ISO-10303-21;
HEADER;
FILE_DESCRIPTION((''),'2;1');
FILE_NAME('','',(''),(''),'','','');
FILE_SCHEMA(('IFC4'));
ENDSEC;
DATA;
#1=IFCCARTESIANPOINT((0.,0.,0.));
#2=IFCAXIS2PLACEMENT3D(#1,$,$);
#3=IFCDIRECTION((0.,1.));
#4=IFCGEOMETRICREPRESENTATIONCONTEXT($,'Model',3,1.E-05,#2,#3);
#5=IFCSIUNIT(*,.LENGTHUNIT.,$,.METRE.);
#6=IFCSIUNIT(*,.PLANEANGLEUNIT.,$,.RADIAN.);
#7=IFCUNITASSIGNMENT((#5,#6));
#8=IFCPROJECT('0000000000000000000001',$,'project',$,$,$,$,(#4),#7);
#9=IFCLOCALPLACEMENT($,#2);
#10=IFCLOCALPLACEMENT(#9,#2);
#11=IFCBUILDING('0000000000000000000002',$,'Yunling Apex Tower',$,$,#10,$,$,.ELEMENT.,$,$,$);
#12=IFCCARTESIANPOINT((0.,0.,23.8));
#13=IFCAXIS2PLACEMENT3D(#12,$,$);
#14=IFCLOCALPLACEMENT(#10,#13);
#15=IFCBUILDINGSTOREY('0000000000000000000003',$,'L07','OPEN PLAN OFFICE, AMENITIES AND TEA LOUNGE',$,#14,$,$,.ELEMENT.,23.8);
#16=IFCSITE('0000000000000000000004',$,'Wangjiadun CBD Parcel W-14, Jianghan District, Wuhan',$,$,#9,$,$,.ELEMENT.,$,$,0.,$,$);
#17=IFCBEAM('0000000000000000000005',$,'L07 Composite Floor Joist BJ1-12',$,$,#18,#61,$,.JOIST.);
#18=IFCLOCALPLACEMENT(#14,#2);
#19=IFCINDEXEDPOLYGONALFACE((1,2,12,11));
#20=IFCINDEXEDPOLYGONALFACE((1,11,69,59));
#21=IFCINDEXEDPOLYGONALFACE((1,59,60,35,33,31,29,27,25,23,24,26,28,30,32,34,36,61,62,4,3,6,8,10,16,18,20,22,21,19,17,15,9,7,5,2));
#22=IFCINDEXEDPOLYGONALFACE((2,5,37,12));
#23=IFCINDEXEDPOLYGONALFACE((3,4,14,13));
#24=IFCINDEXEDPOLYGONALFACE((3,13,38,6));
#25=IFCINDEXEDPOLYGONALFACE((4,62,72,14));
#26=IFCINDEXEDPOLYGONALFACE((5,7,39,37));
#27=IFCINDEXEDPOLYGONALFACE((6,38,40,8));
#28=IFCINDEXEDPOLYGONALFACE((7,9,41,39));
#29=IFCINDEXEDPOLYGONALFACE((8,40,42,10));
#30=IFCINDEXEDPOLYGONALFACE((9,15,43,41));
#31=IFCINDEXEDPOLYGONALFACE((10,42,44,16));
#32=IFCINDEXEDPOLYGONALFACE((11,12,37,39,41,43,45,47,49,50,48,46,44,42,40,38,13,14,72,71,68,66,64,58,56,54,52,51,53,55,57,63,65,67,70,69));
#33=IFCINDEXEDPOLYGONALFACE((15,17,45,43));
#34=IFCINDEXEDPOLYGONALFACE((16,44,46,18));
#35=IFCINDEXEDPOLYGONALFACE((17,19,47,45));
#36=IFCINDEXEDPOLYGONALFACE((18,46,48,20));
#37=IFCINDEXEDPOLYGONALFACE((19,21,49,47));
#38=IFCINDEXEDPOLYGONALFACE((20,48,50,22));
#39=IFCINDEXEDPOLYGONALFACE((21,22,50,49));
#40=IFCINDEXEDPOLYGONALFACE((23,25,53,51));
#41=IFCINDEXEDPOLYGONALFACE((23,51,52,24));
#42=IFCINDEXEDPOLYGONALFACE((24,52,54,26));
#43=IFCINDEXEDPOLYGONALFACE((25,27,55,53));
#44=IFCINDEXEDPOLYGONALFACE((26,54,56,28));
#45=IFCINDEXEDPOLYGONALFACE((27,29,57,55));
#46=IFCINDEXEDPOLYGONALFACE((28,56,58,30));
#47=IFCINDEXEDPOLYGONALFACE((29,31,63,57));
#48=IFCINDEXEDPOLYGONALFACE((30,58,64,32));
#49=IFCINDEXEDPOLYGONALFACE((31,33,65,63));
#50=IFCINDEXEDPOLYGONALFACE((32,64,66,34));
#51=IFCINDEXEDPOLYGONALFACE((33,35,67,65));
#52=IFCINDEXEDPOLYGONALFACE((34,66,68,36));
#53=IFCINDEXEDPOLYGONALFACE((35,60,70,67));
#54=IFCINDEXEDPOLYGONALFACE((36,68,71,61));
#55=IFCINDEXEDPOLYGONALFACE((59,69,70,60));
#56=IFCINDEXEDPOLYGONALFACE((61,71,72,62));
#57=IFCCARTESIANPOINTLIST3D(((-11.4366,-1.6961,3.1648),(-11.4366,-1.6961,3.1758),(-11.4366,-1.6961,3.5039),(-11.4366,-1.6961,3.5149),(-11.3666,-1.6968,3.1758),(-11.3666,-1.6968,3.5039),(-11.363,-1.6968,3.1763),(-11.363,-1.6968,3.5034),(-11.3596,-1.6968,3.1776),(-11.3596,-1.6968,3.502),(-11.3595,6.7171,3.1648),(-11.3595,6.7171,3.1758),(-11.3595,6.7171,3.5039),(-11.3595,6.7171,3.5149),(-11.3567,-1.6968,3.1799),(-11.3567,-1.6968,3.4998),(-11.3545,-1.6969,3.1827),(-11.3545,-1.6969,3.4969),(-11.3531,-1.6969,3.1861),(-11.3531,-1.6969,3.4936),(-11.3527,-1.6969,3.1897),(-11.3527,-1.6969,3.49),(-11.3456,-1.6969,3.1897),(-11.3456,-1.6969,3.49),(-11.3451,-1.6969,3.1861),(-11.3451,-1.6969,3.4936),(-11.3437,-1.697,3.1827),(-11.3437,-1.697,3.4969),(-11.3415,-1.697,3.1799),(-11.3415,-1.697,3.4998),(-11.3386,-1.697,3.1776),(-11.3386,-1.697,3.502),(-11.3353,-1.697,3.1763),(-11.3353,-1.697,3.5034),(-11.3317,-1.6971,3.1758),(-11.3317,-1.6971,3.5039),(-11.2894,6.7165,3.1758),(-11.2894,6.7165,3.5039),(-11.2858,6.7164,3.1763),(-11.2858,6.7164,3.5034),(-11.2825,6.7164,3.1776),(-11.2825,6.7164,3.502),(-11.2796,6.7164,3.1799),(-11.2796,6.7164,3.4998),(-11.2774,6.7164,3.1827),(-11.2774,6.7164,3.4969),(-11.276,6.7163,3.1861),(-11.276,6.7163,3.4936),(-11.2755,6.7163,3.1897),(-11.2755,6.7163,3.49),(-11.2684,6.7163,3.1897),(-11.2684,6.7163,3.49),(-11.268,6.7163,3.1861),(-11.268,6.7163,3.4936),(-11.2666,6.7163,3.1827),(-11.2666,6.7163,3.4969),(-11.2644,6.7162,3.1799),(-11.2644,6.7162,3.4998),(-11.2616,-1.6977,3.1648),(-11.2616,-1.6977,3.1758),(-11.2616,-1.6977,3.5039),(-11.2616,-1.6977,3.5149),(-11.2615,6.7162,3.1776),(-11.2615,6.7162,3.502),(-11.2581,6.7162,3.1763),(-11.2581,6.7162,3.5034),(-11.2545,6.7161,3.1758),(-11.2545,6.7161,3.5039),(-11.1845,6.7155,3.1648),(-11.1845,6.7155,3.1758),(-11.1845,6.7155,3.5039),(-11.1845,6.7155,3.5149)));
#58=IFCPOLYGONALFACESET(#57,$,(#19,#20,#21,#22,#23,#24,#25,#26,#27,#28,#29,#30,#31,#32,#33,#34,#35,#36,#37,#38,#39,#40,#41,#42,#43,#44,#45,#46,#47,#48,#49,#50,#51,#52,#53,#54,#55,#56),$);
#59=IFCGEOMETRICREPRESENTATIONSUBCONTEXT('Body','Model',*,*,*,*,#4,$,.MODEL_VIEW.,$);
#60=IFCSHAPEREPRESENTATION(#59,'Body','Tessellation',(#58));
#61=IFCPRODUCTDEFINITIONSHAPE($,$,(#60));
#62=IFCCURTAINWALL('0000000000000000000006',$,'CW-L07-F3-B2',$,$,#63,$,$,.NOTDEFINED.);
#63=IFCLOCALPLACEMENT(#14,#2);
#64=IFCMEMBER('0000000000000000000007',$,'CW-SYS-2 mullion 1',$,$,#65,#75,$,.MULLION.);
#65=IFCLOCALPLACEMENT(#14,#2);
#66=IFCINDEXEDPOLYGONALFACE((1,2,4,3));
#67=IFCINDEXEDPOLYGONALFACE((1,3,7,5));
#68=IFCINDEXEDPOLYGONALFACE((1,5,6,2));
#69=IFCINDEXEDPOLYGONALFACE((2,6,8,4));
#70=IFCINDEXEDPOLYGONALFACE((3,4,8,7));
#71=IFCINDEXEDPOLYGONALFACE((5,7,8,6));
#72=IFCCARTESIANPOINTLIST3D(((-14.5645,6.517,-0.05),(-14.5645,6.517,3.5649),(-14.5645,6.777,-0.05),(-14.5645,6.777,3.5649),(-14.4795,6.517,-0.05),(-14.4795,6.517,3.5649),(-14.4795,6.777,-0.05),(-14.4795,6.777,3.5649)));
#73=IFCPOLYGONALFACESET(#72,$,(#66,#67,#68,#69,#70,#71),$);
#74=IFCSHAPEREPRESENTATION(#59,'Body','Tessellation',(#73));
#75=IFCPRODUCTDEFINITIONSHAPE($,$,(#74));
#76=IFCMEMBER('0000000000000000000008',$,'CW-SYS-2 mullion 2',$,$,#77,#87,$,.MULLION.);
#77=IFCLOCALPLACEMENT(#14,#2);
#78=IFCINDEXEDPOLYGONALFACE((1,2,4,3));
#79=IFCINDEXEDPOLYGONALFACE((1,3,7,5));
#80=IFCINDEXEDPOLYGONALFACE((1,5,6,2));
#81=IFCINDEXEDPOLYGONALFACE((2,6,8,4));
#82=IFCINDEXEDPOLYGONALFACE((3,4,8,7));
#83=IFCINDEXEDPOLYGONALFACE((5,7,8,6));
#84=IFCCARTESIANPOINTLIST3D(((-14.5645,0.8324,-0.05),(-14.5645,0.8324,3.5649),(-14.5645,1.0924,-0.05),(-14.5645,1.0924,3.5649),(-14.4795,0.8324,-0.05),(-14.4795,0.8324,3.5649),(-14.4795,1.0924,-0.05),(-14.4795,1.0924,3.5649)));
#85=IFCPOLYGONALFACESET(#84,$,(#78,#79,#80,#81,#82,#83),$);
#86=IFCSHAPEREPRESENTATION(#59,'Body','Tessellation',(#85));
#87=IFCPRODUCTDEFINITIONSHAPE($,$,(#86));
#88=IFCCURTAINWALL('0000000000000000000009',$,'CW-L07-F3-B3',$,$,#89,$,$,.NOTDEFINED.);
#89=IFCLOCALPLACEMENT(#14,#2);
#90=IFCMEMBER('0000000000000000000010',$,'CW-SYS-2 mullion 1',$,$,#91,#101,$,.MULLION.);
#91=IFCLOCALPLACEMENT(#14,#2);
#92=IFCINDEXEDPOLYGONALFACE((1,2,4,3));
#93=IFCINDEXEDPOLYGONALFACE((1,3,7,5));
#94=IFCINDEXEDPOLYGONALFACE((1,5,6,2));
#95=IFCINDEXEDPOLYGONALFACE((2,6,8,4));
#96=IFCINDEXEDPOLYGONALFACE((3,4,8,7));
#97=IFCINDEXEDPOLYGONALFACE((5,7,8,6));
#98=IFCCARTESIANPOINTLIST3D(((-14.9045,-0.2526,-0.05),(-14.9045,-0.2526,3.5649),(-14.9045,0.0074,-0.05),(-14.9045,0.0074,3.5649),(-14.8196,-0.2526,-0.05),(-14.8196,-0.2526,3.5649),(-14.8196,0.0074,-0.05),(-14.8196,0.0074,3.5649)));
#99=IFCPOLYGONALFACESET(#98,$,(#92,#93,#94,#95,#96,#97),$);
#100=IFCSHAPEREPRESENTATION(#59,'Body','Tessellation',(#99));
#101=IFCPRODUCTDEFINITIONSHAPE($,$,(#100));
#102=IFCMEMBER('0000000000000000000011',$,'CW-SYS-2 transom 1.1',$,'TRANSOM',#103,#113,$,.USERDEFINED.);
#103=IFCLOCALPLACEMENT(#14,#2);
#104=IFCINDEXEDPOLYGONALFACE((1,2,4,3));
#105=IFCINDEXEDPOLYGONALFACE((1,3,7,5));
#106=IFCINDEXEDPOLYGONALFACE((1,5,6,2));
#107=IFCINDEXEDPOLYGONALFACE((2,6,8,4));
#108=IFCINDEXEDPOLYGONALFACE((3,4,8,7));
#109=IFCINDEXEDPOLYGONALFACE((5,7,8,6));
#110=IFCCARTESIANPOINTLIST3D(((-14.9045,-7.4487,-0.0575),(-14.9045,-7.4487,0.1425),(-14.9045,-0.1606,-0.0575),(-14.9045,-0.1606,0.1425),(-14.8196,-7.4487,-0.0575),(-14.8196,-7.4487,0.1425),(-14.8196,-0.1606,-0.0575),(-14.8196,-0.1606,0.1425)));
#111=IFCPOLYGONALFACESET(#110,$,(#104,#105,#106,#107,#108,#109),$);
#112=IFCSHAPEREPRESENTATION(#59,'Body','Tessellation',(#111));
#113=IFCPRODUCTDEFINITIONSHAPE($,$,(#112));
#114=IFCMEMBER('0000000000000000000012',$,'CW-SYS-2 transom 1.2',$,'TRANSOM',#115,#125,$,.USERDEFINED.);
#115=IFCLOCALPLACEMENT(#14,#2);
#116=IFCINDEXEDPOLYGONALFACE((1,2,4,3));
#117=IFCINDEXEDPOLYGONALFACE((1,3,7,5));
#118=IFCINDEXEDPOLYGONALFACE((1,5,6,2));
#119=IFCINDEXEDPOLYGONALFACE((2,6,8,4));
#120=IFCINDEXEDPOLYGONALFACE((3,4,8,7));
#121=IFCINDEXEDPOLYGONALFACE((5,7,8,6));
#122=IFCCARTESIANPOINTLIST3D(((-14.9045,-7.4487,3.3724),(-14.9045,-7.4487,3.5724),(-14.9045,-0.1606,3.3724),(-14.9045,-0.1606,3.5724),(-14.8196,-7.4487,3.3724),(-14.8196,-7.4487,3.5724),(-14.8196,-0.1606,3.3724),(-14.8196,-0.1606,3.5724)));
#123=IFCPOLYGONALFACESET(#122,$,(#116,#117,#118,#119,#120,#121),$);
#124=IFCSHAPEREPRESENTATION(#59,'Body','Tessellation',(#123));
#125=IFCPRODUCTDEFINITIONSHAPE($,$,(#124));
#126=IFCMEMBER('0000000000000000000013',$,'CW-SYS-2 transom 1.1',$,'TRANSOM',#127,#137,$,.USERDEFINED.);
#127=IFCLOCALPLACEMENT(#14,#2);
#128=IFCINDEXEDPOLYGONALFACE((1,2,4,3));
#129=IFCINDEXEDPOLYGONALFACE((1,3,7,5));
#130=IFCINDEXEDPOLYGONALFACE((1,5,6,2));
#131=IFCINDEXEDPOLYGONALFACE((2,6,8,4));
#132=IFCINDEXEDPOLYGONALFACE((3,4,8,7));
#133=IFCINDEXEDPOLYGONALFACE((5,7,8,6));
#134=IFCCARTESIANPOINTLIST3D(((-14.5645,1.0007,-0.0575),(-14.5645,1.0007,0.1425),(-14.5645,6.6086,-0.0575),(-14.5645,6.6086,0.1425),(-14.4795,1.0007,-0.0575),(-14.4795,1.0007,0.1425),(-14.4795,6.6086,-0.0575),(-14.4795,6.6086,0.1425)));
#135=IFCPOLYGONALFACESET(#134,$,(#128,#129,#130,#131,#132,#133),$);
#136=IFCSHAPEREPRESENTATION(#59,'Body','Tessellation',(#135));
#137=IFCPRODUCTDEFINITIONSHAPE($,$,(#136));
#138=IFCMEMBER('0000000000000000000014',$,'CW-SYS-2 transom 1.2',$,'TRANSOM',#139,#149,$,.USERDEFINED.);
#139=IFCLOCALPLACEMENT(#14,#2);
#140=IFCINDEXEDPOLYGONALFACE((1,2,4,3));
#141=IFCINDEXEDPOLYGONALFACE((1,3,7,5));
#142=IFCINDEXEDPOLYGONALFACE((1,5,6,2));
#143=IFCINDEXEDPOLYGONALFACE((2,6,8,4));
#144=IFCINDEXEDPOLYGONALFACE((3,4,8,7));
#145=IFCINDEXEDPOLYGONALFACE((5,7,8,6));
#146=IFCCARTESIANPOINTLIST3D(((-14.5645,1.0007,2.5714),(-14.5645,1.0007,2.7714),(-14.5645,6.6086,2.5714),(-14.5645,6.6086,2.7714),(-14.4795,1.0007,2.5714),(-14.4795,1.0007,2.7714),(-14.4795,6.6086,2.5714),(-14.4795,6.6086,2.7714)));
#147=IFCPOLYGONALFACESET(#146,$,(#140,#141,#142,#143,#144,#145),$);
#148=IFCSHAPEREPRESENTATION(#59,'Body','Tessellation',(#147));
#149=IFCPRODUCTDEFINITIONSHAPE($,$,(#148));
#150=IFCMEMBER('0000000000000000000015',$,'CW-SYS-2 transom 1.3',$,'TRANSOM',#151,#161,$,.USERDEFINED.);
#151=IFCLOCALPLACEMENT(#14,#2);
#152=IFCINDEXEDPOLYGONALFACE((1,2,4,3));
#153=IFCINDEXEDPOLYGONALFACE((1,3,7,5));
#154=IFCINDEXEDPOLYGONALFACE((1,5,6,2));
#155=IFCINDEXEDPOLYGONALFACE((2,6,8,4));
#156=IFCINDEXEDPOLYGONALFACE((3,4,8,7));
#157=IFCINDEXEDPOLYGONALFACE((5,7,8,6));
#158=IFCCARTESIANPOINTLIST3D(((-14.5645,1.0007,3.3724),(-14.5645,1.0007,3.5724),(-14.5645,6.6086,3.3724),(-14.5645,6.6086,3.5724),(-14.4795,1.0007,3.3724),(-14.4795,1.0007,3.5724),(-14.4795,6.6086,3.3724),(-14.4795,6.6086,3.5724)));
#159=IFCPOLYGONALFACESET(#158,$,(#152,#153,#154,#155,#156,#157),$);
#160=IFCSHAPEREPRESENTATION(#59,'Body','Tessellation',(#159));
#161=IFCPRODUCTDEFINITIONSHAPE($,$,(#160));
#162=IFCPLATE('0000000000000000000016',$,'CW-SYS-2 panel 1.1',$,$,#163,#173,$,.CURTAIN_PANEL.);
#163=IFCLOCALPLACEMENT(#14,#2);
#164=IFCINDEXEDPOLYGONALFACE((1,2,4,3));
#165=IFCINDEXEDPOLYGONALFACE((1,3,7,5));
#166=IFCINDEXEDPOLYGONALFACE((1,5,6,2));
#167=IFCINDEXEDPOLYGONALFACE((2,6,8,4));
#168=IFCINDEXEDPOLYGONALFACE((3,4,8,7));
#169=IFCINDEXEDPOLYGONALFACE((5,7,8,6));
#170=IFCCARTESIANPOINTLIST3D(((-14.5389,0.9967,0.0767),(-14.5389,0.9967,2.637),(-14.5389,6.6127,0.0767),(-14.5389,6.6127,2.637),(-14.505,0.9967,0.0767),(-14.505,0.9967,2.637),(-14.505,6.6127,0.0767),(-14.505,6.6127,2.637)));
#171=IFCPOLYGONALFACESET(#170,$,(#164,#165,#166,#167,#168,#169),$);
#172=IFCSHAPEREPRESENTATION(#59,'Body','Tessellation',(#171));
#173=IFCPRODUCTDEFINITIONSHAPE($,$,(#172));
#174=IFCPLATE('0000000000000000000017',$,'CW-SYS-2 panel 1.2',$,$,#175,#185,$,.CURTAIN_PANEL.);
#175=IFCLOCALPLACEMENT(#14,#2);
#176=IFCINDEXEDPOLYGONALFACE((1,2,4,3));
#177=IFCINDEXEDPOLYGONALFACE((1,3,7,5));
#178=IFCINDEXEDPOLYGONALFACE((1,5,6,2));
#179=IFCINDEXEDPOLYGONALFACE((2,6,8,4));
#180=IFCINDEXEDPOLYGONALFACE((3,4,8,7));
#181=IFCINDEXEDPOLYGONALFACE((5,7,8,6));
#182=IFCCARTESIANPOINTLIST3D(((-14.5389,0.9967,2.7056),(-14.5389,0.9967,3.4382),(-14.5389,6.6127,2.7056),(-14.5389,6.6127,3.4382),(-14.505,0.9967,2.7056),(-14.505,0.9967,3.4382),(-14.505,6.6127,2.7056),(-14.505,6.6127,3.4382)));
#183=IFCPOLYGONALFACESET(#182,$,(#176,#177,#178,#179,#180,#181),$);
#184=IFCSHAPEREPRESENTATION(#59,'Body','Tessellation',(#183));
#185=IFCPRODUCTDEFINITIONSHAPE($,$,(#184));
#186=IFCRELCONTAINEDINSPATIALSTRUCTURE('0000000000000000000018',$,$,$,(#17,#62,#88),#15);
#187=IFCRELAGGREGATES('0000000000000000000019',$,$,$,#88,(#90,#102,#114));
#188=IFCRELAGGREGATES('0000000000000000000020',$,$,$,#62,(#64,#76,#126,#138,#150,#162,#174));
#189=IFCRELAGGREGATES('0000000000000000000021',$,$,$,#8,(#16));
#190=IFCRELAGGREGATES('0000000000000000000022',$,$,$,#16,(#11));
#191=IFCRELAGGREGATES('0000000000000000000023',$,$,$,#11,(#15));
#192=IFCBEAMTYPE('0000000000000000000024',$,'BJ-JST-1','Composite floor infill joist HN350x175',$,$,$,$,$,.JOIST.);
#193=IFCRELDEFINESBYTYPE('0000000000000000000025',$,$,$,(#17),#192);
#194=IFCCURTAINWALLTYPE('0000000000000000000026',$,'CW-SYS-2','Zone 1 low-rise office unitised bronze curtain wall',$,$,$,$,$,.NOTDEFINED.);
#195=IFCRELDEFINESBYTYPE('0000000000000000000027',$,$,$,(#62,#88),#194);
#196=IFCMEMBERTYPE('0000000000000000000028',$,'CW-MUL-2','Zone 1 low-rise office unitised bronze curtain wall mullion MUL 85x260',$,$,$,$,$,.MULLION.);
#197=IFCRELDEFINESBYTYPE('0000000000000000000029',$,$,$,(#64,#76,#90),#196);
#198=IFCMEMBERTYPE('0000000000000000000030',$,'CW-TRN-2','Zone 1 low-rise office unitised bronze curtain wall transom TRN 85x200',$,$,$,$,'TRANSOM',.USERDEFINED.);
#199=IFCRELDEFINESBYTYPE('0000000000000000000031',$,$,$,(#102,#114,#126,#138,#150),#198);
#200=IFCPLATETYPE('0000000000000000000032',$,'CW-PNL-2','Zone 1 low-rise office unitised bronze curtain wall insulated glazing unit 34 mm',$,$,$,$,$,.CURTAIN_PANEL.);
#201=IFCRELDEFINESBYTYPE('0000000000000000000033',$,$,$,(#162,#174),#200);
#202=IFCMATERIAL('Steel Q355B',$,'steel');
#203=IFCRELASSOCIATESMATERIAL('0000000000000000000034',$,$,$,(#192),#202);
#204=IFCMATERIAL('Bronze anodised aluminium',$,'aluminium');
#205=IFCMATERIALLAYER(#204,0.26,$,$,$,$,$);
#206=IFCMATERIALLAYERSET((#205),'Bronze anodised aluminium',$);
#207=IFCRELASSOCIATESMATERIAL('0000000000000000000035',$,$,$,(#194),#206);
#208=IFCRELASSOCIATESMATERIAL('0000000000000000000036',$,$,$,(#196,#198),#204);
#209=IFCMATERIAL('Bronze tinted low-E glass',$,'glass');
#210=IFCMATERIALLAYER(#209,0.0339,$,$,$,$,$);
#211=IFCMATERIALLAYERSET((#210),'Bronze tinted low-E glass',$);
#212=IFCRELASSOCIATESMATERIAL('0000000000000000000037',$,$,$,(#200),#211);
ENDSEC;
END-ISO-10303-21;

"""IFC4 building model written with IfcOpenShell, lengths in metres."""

from ifc_helpers import new_model, si_unit, direction, frame, origin, origin_2d, place, context, subcontext, project, spatial, rectangle, i_section, extrude, source, transform, mapped, material, layer, layer_set, material_profile, profile_set, type_object, element, aggregate, save


model = new_model("IFC4")

# Units and contexts
model_context = context("Model", 3, precision=1e-05, world=origin(), true_north=direction((0.0, 1.0)))
body_context = subcontext(model_context, "Body", "Model", "MODEL_VIEW")
ifc_project = project(units=[si_unit("LENGTHUNIT", "METRE"), si_unit("PLANEANGLEUNIT", "RADIAN")], contexts=[model_context])

# Site, building, storey
site_placement = place(None, origin())
site = spatial("IfcSite", under=ifc_project, at=site_placement, Name="Wangjiadun CBD Parcel W-14, Jianghan District, Wuhan", CompositionType="ELEMENT", RefElevation=0.0)
building_placement = place(site_placement, origin())
building = spatial("IfcBuilding", under=site, at=building_placement, Name="Yunling Apex Tower", CompositionType="ELEMENT")
storey_placement = place(building_placement, frame((0.0, 0.0, 23.8)))
storey = spatial("IfcBuildingStorey", under=building, at=storey_placement, Name="L07", Description="OPEN PLAN OFFICE, AMENITIES AND TEA LOUNGE", CompositionType="ELEMENT", Elevation=23.8)

# Beam
ifc_material_1 = material(Name="Steel Q355B", Category="steel")
ifc_material_profile_1 = material_profile(ifc_material_1, i_section(OverallWidth=0.175, OverallDepth=0.3501, WebThickness=0.0071, FlangeThickness=0.011, FilletRadius=0.0139, at=origin_2d()))
ifc_profile_set_1 = profile_set([ifc_material_profile_1], Name="Steel Q355B")
beam_type_1 = type_object("IfcBeamType", Name="BJ-JST-1", Description="Composite floor infill joist HN350x175", PredefinedType="JOIST", material=ifc_profile_set_1)
shared_shape_1 = source(origin(), body_context, "Body", "SweptSolid", [
    extrude(i_section(OverallWidth=0.175, OverallDepth=0.3501, WebThickness=0.0071, FlangeThickness=0.011, FilletRadius=0.0139, at=origin_2d()), origin(), (0.0, 0.0, 1.0), 8.4136),
])
beam_1_placement = place(storey_placement, frame((-11.272, 6.7163, 3.3398), z_axis=(-0.009169, -0.999958, 0.0), x_axis=(0.999958, -0.009169, 0.0)))
element("IfcBeam", 1, at=beam_1_placement, inside=storey, type_object=beam_type_1, Name="L07 Composite Floor Joist BJ1-12", PredefinedType="JOIST", context=body_context, shape_type="MappedRepresentation", body=[
    mapped(shared_shape_1, transform((0.0, 0.0, 0.0), scale=1.0)),
])

# Curtain walls, members
ifc_material_2 = material(Name="Bronze anodised aluminium", Category="aluminium")
ifc_layer_1 = layer(ifc_material_2, 0.26)
ifc_layer_set_1 = layer_set([ifc_layer_1], Name="Bronze anodised aluminium")
curtain_wall_type = type_object("IfcCurtainWallType", Name="CW-SYS-2", Description="Zone 1 low-rise office unitised bronze curtain wall", PredefinedType="NOTDEFINED", material=ifc_layer_set_1)
curtain_wall_1_placement = place(storey_placement, origin())
curtain_wall_1 = element("IfcCurtainWall", 2, at=curtain_wall_1_placement, inside=storey, type_object=curtain_wall_type, Name="CW-L07-F3-B2", PredefinedType="NOTDEFINED")
ifc_material_profile_2 = material_profile(ifc_material_2, rectangle(XDim=0.085, YDim=0.26, at=origin_2d()))
ifc_profile_set_2 = profile_set([ifc_material_profile_2], Name="Bronze anodised aluminium")
member_type_1 = type_object("IfcMemberType", Name="CW-MUL-2", Description="Zone 1 low-rise office unitised bronze curtain wall mullion MUL 85x260", PredefinedType="MULLION", material=ifc_profile_set_2)
shared_shape_2 = source(origin(), body_context, "Body", "SweptSolid", [
    extrude(rectangle(XDim=0.085, YDim=0.26, at=origin_2d()), origin(), (0.0, 0.0, 1.0), 3.615),
])
member_1_placement = place(storey_placement, frame((-14.522, 6.647, -0.05), z_axis=(0.0, 0.0, 1.0), x_axis=(1.0, 0.0, 0.0)))
member_1 = element("IfcMember", 3, at=member_1_placement, type_object=member_type_1, Name="CW-SYS-2 mullion 1", PredefinedType="MULLION", context=body_context, shape_type="MappedRepresentation", body=[
    mapped(shared_shape_2, transform((0.0, 0.0, 0.0), scale=1.0)),
])
member_2_placement = place(storey_placement, frame((-14.522, 0.9624, -0.05), z_axis=(0.0, 0.0, 1.0), x_axis=(1.0, 0.0, 0.0)))
member_2 = element("IfcMember", 4, at=member_2_placement, type_object=member_type_1, Name="CW-SYS-2 mullion 2", PredefinedType="MULLION", context=body_context, shape_type="MappedRepresentation", body=[
    mapped(shared_shape_2, transform((0.0, 0.0, 0.0), scale=1.0)),
])
curtain_wall_2_placement = place(storey_placement, origin())
curtain_wall_2 = element("IfcCurtainWall", 5, at=curtain_wall_2_placement, inside=storey, type_object=curtain_wall_type, Name="CW-L07-F3-B3", PredefinedType="NOTDEFINED")
member_3_placement = place(storey_placement, frame((-14.8621, -0.1226, -0.05), z_axis=(0.0, 0.0, 1.0), x_axis=(1.0, 0.0, 0.0)))
member_3 = element("IfcMember", 6, at=member_3_placement, type_object=member_type_1, Name="CW-SYS-2 mullion 1", PredefinedType="MULLION", context=body_context, shape_type="MappedRepresentation", body=[
    mapped(shared_shape_2, transform((0.0, 0.0, 0.0), scale=1.0)),
])
ifc_material_profile_3 = material_profile(ifc_material_2, rectangle(XDim=0.085, YDim=0.2, at=origin_2d()))
ifc_profile_set_3 = profile_set([ifc_material_profile_3], Name="Bronze anodised aluminium")
member_type_2 = type_object("IfcMemberType", Name="CW-TRN-2", Description="Zone 1 low-rise office unitised bronze curtain wall transom TRN 85x200", ElementType="TRANSOM", PredefinedType="USERDEFINED", material=ifc_profile_set_3)
shared_shape_3 = source(origin(), body_context, "Body", "SweptSolid", [
    extrude(rectangle(XDim=0.085, YDim=0.2, at=origin_2d()), origin(), (0.0, 0.0, 1.0), 7.2881),
])
member_4_placement = place(storey_placement, frame((-14.8621, -0.1606, 0.0425), z_axis=(0.0, -1.0, 0.0), x_axis=(1.0, 0.0, 0.0)))
member_4 = element("IfcMember", 7, at=member_4_placement, type_object=member_type_2, Name="CW-SYS-2 transom 1.1", ObjectType="TRANSOM", PredefinedType="USERDEFINED", context=body_context, shape_type="MappedRepresentation", body=[
    mapped(shared_shape_3, transform((0.0, 0.0, 0.0), scale=1.0)),
])
member_5_placement = place(storey_placement, frame((-14.8621, -0.1606, 3.4724), z_axis=(0.0, -1.0, 0.0), x_axis=(1.0, 0.0, 0.0)))
member_5 = element("IfcMember", 8, at=member_5_placement, type_object=member_type_2, Name="CW-SYS-2 transom 1.2", ObjectType="TRANSOM", PredefinedType="USERDEFINED", context=body_context, shape_type="MappedRepresentation", body=[
    mapped(shared_shape_3, transform((0.0, 0.0, 0.0), scale=1.0)),
])
aggregate(curtain_wall_2, [member_3, member_4, member_5])

# Members
shared_shape_4 = source(origin(), body_context, "Body", "SweptSolid", [
    extrude(rectangle(XDim=0.085, YDim=0.2, at=origin_2d()), origin(), (0.0, 0.0, 1.0), 5.6079),
])
member_6_placement = place(storey_placement, frame((-14.522, 6.6086, 0.0425), z_axis=(0.0, -1.0, 0.0), x_axis=(1.0, 0.0, 0.0)))
member_6 = element("IfcMember", 9, at=member_6_placement, type_object=member_type_2, Name="CW-SYS-2 transom 1.1", ObjectType="TRANSOM", PredefinedType="USERDEFINED", context=body_context, shape_type="MappedRepresentation", body=[
    mapped(shared_shape_4, transform((0.0, 0.0, 0.0), scale=1.0)),
])
member_7_placement = place(storey_placement, frame((-14.522, 6.6086, 2.6714), z_axis=(0.0, -1.0, 0.0), x_axis=(1.0, 0.0, 0.0)))
member_7 = element("IfcMember", 10, at=member_7_placement, type_object=member_type_2, Name="CW-SYS-2 transom 1.2", ObjectType="TRANSOM", PredefinedType="USERDEFINED", context=body_context, shape_type="MappedRepresentation", body=[
    mapped(shared_shape_4, transform((0.0, 0.0, 0.0), scale=1.0)),
])
member_8_placement = place(storey_placement, frame((-14.522, 6.6086, 3.4724), z_axis=(0.0, -1.0, 0.0), x_axis=(1.0, 0.0, 0.0)))
member_8 = element("IfcMember", 11, at=member_8_placement, type_object=member_type_2, Name="CW-SYS-2 transom 1.3", ObjectType="TRANSOM", PredefinedType="USERDEFINED", context=body_context, shape_type="MappedRepresentation", body=[
    mapped(shared_shape_4, transform((0.0, 0.0, 0.0), scale=1.0)),
])

# Plates
ifc_material_3 = material(Name="Bronze tinted low-E glass", Category="glass")
ifc_layer_2 = layer(ifc_material_3, 0.0339)
ifc_layer_set_2 = layer_set([ifc_layer_2], Name="Bronze tinted low-E glass")
plate_type = type_object("IfcPlateType", Name="CW-PNL-2", Description="Zone 1 low-rise office unitised bronze curtain wall insulated glazing unit 34 mm", PredefinedType="CURTAIN_PANEL", material=ifc_layer_set_2)
shared_shape_5 = source(origin(), body_context, "Body", "SweptSolid", [
    extrude(rectangle(XDim=5.616, YDim=0.0339, at=origin_2d()), origin(), (0.0, 0.0, 1.0), 2.5603),
])
plate_1_placement = place(storey_placement, frame((-14.522, 3.8047, 0.0767), z_axis=(0.0, 0.0, 1.0), x_axis=(0.0, -1.0, 0.0)))
plate_1 = element("IfcPlate", 12, at=plate_1_placement, type_object=plate_type, Name="CW-SYS-2 panel 1.1", PredefinedType="CURTAIN_PANEL", context=body_context, shape_type="MappedRepresentation", body=[
    mapped(shared_shape_5, transform((0.0, 0.0, 0.0), scale=1.0)),
])
shared_shape_6 = source(origin(), body_context, "Body", "SweptSolid", [
    extrude(rectangle(XDim=5.616, YDim=0.0339, at=origin_2d()), origin(), (0.0, 0.0, 1.0), 0.7327),
])
plate_2_placement = place(storey_placement, frame((-14.522, 3.8047, 2.7056), z_axis=(0.0, 0.0, 1.0), x_axis=(0.0, -1.0, 0.0)))
plate_2 = element("IfcPlate", 13, at=plate_2_placement, type_object=plate_type, Name="CW-SYS-2 panel 1.2", PredefinedType="CURTAIN_PANEL", context=body_context, shape_type="MappedRepresentation", body=[
    mapped(shared_shape_6, transform((0.0, 0.0, 0.0), scale=1.0)),
])
aggregate(curtain_wall_1, [member_1, member_2, member_6, member_7, member_8, plate_1, plate_2])

save(model, "model.ifc")
